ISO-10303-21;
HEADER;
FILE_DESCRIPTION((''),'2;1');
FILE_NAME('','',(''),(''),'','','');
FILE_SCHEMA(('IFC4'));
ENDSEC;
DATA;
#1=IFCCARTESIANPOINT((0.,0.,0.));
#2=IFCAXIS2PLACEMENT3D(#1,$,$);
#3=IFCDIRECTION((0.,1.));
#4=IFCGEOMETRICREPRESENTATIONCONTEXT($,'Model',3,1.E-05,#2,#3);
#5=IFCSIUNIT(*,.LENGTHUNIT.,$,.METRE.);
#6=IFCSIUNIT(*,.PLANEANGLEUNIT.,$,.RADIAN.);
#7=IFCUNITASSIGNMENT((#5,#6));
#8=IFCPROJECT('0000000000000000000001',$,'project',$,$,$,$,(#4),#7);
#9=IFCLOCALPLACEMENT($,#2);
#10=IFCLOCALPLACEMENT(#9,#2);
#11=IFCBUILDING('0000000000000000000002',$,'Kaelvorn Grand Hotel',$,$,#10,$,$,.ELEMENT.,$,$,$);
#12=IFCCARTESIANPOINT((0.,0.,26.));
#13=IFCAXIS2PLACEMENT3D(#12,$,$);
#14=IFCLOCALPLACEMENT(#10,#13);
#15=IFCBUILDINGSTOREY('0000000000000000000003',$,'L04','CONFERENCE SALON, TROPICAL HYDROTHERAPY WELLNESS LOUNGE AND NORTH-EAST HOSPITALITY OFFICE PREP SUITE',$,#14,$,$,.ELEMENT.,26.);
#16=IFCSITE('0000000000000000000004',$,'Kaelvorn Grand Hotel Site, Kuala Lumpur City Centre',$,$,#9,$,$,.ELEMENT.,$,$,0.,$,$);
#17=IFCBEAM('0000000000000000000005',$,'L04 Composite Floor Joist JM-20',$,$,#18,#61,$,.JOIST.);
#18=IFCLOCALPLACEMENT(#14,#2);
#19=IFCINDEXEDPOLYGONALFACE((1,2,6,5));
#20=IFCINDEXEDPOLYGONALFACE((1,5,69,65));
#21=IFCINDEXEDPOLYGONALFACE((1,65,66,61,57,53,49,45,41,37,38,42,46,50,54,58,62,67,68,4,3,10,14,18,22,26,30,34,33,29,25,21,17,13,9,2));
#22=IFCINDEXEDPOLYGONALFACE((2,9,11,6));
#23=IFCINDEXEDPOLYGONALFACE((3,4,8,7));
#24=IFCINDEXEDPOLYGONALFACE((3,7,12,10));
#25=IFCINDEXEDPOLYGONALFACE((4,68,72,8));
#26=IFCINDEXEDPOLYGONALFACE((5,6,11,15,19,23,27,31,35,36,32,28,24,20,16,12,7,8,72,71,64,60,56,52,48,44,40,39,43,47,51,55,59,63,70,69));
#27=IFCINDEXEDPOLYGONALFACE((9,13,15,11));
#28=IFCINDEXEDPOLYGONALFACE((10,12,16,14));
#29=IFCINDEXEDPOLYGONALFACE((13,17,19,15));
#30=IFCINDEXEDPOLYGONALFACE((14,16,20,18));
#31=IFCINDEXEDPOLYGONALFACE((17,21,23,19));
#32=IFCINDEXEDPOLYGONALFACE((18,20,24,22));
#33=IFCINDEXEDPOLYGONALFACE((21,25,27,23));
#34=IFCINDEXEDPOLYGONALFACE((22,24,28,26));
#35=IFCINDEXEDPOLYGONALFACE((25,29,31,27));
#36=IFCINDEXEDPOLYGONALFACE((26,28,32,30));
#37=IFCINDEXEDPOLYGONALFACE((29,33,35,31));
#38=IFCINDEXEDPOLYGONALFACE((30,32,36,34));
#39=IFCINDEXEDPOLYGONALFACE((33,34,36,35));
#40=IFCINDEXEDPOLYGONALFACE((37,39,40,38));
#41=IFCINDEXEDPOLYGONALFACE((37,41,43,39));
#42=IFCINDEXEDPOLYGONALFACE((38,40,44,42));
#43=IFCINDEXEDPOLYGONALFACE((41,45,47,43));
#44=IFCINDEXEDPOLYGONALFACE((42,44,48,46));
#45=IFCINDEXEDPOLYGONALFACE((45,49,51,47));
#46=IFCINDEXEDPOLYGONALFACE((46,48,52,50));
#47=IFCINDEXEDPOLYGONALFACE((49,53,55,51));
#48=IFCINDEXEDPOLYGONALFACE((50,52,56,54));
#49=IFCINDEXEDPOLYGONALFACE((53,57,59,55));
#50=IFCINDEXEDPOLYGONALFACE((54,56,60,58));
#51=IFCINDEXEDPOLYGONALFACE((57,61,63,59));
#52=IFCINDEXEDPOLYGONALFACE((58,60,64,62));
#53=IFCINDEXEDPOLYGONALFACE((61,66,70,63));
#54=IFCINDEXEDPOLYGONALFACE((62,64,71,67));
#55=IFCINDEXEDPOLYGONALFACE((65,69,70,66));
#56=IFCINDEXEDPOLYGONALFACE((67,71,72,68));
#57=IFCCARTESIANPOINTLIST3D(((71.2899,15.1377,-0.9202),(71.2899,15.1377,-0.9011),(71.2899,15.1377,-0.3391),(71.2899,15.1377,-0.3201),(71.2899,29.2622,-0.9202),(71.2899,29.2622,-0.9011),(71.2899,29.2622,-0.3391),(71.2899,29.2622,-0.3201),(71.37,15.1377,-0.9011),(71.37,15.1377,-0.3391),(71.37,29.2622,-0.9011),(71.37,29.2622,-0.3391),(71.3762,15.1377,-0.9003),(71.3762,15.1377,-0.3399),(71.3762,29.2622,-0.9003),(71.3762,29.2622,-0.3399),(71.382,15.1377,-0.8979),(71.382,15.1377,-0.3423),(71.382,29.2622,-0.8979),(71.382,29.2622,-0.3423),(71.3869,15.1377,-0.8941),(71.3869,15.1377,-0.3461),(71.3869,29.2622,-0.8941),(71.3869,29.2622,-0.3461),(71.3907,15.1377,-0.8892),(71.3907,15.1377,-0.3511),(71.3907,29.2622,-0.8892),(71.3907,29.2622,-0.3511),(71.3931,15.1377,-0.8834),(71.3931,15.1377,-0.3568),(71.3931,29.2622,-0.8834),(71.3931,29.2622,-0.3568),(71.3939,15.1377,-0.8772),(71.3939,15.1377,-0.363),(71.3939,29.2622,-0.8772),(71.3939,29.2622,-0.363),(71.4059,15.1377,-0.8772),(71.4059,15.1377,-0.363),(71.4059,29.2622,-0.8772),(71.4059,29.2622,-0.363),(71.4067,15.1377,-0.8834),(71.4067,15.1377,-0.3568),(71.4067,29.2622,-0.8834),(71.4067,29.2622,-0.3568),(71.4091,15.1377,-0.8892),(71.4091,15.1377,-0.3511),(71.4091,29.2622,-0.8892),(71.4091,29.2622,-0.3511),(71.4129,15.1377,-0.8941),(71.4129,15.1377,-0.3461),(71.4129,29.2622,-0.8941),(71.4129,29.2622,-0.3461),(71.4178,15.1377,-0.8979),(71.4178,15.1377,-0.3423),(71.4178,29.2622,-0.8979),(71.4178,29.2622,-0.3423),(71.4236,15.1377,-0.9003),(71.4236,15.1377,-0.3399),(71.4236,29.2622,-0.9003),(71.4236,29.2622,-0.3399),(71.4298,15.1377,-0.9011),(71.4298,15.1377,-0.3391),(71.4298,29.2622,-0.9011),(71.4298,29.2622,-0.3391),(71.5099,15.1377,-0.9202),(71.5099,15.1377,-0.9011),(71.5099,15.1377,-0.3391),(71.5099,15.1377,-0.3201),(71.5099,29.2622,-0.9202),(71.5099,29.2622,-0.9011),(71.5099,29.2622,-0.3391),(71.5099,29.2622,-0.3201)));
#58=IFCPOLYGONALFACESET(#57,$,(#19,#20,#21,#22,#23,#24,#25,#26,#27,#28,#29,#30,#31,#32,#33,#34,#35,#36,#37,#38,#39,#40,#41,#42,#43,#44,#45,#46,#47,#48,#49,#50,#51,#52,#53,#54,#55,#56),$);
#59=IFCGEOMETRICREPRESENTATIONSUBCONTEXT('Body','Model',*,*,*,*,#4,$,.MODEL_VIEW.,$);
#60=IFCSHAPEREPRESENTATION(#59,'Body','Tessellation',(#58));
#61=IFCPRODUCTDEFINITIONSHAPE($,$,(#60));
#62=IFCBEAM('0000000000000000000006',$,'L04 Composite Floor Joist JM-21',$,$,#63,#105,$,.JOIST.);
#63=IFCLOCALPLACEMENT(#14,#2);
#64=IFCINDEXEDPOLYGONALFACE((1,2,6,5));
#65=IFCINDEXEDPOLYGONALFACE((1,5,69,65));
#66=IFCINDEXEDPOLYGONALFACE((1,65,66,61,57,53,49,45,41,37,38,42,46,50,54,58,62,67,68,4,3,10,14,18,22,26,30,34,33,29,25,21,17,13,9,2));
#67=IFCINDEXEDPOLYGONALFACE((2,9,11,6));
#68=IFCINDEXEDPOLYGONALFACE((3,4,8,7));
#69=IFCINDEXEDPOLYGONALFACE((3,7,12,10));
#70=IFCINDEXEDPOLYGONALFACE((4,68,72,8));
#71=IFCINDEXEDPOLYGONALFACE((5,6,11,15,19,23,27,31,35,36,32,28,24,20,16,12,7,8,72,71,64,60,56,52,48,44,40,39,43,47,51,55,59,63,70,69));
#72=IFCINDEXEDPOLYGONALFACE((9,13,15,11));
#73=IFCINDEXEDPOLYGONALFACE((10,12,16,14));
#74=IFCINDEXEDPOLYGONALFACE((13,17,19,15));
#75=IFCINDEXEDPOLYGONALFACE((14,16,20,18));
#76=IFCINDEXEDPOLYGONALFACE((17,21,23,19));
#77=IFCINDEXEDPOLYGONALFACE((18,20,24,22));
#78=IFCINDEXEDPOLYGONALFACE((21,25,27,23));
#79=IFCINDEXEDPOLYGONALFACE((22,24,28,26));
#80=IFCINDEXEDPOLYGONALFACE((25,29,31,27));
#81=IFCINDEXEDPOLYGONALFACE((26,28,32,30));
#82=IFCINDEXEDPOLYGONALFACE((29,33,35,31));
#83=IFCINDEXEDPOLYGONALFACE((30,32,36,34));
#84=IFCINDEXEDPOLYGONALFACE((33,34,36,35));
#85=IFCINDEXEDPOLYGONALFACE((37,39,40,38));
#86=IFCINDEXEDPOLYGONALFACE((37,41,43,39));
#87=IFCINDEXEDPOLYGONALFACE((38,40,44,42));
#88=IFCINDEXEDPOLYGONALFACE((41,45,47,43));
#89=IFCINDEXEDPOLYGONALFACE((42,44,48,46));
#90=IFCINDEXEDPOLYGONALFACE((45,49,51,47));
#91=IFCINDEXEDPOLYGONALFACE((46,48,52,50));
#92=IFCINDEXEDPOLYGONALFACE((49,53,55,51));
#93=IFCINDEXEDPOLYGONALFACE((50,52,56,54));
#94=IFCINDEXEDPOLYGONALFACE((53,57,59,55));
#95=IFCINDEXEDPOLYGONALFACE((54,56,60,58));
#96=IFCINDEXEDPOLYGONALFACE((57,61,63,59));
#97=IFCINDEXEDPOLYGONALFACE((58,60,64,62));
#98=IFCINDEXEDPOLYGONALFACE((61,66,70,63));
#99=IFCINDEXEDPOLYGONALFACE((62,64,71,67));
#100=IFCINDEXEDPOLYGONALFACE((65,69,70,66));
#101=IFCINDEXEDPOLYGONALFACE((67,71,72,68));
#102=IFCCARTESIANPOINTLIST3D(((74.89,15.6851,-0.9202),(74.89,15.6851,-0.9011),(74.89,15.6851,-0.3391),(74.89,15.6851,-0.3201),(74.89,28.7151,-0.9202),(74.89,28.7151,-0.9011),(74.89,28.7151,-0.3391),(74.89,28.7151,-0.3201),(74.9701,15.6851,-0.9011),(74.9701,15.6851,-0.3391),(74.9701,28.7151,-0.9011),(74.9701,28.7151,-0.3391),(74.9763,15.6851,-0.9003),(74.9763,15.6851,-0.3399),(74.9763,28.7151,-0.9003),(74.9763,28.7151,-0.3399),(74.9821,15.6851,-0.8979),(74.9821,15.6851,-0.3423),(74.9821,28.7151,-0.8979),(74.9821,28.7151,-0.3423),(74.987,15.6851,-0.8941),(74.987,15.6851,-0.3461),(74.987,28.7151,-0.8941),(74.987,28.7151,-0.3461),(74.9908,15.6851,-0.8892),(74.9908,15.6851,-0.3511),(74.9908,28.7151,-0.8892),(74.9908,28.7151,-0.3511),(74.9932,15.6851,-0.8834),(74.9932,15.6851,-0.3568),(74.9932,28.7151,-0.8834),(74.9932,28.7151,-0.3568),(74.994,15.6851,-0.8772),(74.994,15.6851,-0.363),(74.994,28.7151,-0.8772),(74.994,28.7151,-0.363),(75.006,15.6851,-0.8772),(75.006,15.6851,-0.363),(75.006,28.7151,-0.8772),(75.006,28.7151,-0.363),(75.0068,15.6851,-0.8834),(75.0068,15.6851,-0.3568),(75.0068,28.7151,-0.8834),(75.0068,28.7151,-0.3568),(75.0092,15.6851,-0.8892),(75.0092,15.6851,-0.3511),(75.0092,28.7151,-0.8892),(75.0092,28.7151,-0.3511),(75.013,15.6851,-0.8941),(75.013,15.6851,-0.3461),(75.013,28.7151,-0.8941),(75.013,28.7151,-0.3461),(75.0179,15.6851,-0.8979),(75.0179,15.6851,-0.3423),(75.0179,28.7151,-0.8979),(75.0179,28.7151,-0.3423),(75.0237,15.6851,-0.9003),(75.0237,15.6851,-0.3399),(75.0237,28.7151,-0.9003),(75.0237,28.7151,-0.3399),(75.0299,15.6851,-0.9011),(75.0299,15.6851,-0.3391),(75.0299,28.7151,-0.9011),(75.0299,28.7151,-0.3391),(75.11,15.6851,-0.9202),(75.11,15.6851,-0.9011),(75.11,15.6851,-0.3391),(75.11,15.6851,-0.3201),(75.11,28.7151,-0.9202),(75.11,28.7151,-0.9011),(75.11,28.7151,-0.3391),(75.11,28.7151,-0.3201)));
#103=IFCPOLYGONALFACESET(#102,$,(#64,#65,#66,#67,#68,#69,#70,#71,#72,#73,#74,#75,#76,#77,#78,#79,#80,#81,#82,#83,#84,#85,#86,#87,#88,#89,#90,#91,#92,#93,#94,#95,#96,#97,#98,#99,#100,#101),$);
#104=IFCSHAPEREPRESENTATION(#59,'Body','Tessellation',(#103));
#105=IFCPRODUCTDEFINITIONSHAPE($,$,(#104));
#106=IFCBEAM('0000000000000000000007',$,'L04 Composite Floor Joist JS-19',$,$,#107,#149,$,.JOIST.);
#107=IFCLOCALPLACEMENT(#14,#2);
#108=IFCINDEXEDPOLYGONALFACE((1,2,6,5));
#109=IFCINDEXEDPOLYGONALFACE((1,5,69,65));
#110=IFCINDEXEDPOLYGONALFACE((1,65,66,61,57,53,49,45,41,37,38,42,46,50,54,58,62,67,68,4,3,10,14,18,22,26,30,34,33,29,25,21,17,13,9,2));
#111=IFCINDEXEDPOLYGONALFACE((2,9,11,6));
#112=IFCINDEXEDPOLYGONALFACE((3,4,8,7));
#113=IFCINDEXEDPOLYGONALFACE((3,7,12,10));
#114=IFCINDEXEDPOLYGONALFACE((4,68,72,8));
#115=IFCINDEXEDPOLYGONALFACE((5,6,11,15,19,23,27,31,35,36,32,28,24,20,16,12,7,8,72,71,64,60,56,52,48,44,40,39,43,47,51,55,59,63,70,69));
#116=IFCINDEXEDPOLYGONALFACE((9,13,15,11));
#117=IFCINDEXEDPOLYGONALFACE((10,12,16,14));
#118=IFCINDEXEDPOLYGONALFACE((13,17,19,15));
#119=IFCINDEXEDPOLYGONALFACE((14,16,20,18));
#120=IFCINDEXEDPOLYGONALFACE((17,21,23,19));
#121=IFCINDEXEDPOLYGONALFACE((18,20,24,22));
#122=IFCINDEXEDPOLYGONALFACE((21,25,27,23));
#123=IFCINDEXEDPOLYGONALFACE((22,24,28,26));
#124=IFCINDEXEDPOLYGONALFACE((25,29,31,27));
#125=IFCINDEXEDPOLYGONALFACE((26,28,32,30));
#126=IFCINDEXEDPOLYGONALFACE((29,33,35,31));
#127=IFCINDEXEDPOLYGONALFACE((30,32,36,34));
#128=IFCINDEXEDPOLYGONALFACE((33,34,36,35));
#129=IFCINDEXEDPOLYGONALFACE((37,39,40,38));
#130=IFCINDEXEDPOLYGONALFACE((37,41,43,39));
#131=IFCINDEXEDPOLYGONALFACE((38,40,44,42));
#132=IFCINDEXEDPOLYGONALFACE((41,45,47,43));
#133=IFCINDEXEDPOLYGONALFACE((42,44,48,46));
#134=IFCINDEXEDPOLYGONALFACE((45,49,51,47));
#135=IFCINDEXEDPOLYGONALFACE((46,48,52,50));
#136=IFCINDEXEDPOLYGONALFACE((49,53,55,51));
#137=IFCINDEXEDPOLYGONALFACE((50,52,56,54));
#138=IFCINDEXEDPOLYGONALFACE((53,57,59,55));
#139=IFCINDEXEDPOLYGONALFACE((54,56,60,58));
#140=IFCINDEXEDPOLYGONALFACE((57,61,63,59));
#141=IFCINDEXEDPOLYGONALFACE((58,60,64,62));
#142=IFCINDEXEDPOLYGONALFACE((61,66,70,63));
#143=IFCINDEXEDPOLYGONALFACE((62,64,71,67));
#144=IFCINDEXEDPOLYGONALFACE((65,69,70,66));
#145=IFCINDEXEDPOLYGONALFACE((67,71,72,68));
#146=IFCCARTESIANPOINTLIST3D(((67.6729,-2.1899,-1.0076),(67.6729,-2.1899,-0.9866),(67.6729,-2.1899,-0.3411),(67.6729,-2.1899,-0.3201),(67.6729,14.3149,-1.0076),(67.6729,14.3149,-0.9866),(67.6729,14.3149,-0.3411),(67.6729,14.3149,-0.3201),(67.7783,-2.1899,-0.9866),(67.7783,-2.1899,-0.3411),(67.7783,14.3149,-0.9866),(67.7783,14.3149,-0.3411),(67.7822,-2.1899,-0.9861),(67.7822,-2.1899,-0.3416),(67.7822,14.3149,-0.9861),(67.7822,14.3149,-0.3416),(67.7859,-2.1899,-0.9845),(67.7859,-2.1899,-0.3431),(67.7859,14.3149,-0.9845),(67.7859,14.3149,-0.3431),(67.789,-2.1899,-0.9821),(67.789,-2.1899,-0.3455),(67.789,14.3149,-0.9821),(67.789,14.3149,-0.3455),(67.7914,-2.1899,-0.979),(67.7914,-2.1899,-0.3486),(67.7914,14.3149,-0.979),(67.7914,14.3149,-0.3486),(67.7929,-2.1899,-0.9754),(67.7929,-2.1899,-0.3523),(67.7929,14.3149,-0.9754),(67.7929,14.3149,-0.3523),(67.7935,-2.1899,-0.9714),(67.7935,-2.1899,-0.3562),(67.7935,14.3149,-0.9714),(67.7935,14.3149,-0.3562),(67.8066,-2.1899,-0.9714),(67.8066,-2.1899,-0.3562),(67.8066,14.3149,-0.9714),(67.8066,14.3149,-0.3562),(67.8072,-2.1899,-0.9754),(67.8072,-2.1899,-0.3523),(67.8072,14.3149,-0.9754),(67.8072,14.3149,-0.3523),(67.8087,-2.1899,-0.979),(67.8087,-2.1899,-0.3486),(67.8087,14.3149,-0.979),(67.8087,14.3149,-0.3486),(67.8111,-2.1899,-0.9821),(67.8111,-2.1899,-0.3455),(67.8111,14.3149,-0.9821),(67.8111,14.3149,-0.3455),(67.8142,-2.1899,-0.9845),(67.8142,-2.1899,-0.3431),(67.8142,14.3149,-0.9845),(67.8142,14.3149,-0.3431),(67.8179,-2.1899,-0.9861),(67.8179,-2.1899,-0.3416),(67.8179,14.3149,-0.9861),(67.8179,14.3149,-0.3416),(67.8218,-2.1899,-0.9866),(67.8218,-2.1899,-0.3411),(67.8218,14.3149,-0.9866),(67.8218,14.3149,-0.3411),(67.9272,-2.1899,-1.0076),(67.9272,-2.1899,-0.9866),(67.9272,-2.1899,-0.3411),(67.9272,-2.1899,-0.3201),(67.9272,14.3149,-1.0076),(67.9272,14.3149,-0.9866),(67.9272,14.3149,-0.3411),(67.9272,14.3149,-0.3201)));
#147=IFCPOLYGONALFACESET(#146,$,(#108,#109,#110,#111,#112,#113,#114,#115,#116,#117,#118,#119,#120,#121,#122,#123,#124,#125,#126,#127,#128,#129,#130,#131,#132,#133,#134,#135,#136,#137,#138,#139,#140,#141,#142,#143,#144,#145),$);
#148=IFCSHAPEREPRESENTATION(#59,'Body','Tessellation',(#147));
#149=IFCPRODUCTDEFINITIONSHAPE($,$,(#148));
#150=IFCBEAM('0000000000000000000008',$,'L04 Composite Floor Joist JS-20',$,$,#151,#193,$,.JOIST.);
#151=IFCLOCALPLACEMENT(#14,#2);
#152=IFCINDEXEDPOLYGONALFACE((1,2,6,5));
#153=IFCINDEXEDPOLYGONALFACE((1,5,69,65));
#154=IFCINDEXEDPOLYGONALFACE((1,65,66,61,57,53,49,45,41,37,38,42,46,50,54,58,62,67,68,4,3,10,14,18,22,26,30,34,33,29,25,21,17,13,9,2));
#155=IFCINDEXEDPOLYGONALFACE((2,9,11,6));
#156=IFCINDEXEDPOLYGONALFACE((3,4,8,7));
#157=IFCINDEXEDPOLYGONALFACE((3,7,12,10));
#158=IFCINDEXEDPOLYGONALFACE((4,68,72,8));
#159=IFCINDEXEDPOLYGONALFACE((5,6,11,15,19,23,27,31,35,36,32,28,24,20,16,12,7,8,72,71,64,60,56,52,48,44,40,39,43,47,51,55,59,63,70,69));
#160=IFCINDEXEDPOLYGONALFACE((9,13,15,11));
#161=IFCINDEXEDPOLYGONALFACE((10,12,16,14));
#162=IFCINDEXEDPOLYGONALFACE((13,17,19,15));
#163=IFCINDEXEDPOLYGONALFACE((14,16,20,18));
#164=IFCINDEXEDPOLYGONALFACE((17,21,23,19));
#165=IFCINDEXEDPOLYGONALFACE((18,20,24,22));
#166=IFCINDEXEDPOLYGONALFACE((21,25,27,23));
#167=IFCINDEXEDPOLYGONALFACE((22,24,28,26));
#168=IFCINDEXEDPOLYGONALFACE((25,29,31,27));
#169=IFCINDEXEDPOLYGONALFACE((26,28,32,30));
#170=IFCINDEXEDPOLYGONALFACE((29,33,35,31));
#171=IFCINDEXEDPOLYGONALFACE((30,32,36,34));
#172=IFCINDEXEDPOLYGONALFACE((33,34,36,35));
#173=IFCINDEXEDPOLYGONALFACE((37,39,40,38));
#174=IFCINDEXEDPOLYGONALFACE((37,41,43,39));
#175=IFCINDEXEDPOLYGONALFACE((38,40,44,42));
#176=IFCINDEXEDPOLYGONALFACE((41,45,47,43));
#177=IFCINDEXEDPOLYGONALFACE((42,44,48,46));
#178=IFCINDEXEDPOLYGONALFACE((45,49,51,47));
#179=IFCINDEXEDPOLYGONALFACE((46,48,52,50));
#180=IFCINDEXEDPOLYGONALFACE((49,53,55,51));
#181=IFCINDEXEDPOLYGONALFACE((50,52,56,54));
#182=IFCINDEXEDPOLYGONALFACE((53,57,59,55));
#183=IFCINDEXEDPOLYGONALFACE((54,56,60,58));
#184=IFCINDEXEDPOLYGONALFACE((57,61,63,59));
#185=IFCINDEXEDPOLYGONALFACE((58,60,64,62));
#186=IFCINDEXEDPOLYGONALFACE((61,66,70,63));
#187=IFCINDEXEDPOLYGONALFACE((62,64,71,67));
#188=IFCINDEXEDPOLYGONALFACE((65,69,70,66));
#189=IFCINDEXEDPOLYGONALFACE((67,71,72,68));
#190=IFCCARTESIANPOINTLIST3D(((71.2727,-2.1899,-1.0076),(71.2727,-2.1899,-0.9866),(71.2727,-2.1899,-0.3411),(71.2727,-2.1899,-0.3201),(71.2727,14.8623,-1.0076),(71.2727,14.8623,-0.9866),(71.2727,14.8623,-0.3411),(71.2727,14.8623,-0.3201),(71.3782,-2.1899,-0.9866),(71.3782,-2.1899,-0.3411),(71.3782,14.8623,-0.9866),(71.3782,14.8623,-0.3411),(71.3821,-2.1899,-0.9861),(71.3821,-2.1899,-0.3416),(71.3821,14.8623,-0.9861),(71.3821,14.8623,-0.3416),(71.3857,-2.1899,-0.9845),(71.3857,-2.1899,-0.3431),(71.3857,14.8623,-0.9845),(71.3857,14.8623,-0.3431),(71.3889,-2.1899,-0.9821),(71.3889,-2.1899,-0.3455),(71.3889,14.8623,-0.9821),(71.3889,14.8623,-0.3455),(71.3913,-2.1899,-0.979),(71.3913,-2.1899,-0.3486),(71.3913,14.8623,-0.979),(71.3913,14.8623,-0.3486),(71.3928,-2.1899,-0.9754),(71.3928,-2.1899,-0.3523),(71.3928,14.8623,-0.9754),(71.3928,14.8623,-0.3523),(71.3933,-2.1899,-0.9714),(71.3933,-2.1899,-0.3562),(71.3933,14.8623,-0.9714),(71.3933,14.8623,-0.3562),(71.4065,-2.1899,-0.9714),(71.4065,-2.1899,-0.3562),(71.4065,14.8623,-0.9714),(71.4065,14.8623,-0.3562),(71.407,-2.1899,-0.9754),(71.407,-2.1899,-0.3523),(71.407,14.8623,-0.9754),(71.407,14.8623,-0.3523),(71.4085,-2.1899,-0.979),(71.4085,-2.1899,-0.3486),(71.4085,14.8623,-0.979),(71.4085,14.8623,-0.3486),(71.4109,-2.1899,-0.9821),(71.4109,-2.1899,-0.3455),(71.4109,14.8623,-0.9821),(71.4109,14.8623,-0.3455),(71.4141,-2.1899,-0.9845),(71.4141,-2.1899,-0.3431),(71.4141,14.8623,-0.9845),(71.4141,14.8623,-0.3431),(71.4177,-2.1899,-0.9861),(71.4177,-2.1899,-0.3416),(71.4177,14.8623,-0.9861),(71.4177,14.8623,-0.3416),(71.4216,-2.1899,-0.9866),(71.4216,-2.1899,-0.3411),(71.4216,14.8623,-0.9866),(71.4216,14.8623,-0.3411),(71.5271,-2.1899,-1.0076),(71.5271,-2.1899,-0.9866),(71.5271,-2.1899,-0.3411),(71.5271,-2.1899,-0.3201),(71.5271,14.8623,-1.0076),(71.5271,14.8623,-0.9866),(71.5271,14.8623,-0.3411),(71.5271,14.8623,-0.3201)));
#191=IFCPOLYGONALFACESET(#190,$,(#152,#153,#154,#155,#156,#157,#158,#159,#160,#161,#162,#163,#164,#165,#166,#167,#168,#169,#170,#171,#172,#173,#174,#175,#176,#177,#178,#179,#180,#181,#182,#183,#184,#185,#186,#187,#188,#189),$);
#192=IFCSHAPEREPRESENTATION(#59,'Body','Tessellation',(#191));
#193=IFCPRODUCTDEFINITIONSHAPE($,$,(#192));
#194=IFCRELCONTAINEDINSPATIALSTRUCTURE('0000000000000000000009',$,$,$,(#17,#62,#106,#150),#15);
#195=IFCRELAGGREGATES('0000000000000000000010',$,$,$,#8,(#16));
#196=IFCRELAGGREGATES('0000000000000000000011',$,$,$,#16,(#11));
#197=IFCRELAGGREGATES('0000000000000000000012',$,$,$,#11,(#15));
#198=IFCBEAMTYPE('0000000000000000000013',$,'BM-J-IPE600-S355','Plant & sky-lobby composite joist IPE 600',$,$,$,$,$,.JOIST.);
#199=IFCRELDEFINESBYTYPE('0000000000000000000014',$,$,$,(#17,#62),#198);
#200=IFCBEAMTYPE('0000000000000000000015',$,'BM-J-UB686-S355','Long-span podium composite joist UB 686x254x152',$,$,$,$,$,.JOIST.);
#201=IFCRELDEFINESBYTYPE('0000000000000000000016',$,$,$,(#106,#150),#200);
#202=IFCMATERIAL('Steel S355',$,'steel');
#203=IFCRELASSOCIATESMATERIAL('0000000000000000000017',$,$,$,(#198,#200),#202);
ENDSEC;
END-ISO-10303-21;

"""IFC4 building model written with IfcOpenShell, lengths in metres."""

from ifc_helpers import new_model, si_unit, direction, frame, origin, origin_2d, place, context, subcontext, project, spatial, i_section, extrude, material, material_profile, profile_set, type_object, element, save


model = new_model("IFC4")

# Units and contexts
model_context = context("Model", 3, precision=1e-05, world=origin(), true_north=direction((0.0, 1.0)))
body_context = subcontext(model_context, "Body", "Model", "MODEL_VIEW")
ifc_project = project(units=[si_unit("LENGTHUNIT", "METRE"), si_unit("PLANEANGLEUNIT", "RADIAN")], contexts=[model_context])

# Site, building, storey
site_placement = place(None, origin())
site = spatial("IfcSite", under=ifc_project, at=site_placement, Name="Kaelvorn Grand Hotel Site, Kuala Lumpur City Centre", CompositionType="ELEMENT", RefElevation=0.0)
building_placement = place(site_placement, origin())
building = spatial("IfcBuilding", under=site, at=building_placement, Name="Kaelvorn Grand Hotel", CompositionType="ELEMENT")
storey_placement = place(building_placement, frame((0.0, 0.0, 26.0)))
storey = spatial("IfcBuildingStorey", under=building, at=storey_placement, Name="L04", Description="CONFERENCE SALON, TROPICAL HYDROTHERAPY WELLNESS LOUNGE AND NORTH-EAST HOSPITALITY OFFICE PREP SUITE", CompositionType="ELEMENT", Elevation=26.0)

# Beams
ifc_material_1 = material(Name="Steel S355", Category="steel")
ifc_material_profile_1 = material_profile(ifc_material_1, i_section(OverallWidth=0.22, OverallDepth=0.6001, WebThickness=0.012, FlangeThickness=0.019, FilletRadius=0.0239, at=origin_2d()), Name="IPE 600")
ifc_profile_set_1 = profile_set([ifc_material_profile_1], Name="Steel S355")
beam_type_1 = type_object("IfcBeamType", Name="BM-J-IPE600-S355", Description="Plant & sky-lobby composite joist IPE 600", PredefinedType="JOIST", material=ifc_profile_set_1)
beam_1_placement = place(storey_placement, frame((71.3999, 15.1377, -0.6201), z_axis=(0.0, 1.0, 0.0), x_axis=(-1.0, 0.0, 0.0)))
element("IfcBeam", 1, at=beam_1_placement, inside=storey, type_object=beam_type_1, Name="L04 Composite Floor Joist JM-20", PredefinedType="JOIST", context=body_context, shape_type="SweptSolid", body=[
    extrude(i_section(OverallWidth=0.22, OverallDepth=0.6001, WebThickness=0.012, FlangeThickness=0.019, FilletRadius=0.0239, at=origin_2d()), origin(), (0.0, 0.0, 1.0), 14.1245),
])
beam_2_placement = place(storey_placement, frame((75.0, 15.6851, -0.6201), z_axis=(0.0, 1.0, 0.0), x_axis=(-1.0, 0.0, 0.0)))
element("IfcBeam", 2, at=beam_2_placement, inside=storey, type_object=beam_type_1, Name="L04 Composite Floor Joist JM-21", PredefinedType="JOIST", context=body_context, shape_type="SweptSolid", body=[
    extrude(i_section(OverallWidth=0.22, OverallDepth=0.6001, WebThickness=0.012, FlangeThickness=0.019, FilletRadius=0.0239, at=origin_2d()), origin(), (0.0, 0.0, 1.0), 13.03),
])
ifc_material_profile_2 = material_profile(ifc_material_1, i_section(OverallWidth=0.2544, OverallDepth=0.6875, WebThickness=0.0132, FlangeThickness=0.021, FilletRadius=0.0151, at=origin_2d()), Name="UB 686x254x152")
ifc_profile_set_2 = profile_set([ifc_material_profile_2], Name="Steel S355")
beam_type_2 = type_object("IfcBeamType", Name="BM-J-UB686-S355", Description="Long-span podium composite joist UB 686x254x152", PredefinedType="JOIST", material=ifc_profile_set_2)
beam_3_placement = place(storey_placement, frame((67.8, -2.1899, -0.6638), z_axis=(0.0, 1.0, 0.0), x_axis=(-1.0, 0.0, 0.0)))
element("IfcBeam", 3, at=beam_3_placement, inside=storey, type_object=beam_type_2, Name="L04 Composite Floor Joist JS-19", PredefinedType="JOIST", context=body_context, shape_type="SweptSolid", body=[
    extrude(i_section(OverallWidth=0.2544, OverallDepth=0.6875, WebThickness=0.0132, FlangeThickness=0.021, FilletRadius=0.0151, at=origin_2d()), origin(), (0.0, 0.0, 1.0), 16.5049),
])
beam_4_placement = place(storey_placement, frame((71.3999, -2.1899, -0.6638), z_axis=(0.0, 1.0, 0.0), x_axis=(-1.0, 0.0, 0.0)))
element("IfcBeam", 4, at=beam_4_placement, inside=storey, type_object=beam_type_2, Name="L04 Composite Floor Joist JS-20", PredefinedType="JOIST", context=body_context, shape_type="SweptSolid", body=[
    extrude(i_section(OverallWidth=0.2544, OverallDepth=0.6875, WebThickness=0.0132, FlangeThickness=0.021, FilletRadius=0.0151, at=origin_2d()), origin(), (0.0, 0.0, 1.0), 17.0522),
])

save(model, "model.ifc")
